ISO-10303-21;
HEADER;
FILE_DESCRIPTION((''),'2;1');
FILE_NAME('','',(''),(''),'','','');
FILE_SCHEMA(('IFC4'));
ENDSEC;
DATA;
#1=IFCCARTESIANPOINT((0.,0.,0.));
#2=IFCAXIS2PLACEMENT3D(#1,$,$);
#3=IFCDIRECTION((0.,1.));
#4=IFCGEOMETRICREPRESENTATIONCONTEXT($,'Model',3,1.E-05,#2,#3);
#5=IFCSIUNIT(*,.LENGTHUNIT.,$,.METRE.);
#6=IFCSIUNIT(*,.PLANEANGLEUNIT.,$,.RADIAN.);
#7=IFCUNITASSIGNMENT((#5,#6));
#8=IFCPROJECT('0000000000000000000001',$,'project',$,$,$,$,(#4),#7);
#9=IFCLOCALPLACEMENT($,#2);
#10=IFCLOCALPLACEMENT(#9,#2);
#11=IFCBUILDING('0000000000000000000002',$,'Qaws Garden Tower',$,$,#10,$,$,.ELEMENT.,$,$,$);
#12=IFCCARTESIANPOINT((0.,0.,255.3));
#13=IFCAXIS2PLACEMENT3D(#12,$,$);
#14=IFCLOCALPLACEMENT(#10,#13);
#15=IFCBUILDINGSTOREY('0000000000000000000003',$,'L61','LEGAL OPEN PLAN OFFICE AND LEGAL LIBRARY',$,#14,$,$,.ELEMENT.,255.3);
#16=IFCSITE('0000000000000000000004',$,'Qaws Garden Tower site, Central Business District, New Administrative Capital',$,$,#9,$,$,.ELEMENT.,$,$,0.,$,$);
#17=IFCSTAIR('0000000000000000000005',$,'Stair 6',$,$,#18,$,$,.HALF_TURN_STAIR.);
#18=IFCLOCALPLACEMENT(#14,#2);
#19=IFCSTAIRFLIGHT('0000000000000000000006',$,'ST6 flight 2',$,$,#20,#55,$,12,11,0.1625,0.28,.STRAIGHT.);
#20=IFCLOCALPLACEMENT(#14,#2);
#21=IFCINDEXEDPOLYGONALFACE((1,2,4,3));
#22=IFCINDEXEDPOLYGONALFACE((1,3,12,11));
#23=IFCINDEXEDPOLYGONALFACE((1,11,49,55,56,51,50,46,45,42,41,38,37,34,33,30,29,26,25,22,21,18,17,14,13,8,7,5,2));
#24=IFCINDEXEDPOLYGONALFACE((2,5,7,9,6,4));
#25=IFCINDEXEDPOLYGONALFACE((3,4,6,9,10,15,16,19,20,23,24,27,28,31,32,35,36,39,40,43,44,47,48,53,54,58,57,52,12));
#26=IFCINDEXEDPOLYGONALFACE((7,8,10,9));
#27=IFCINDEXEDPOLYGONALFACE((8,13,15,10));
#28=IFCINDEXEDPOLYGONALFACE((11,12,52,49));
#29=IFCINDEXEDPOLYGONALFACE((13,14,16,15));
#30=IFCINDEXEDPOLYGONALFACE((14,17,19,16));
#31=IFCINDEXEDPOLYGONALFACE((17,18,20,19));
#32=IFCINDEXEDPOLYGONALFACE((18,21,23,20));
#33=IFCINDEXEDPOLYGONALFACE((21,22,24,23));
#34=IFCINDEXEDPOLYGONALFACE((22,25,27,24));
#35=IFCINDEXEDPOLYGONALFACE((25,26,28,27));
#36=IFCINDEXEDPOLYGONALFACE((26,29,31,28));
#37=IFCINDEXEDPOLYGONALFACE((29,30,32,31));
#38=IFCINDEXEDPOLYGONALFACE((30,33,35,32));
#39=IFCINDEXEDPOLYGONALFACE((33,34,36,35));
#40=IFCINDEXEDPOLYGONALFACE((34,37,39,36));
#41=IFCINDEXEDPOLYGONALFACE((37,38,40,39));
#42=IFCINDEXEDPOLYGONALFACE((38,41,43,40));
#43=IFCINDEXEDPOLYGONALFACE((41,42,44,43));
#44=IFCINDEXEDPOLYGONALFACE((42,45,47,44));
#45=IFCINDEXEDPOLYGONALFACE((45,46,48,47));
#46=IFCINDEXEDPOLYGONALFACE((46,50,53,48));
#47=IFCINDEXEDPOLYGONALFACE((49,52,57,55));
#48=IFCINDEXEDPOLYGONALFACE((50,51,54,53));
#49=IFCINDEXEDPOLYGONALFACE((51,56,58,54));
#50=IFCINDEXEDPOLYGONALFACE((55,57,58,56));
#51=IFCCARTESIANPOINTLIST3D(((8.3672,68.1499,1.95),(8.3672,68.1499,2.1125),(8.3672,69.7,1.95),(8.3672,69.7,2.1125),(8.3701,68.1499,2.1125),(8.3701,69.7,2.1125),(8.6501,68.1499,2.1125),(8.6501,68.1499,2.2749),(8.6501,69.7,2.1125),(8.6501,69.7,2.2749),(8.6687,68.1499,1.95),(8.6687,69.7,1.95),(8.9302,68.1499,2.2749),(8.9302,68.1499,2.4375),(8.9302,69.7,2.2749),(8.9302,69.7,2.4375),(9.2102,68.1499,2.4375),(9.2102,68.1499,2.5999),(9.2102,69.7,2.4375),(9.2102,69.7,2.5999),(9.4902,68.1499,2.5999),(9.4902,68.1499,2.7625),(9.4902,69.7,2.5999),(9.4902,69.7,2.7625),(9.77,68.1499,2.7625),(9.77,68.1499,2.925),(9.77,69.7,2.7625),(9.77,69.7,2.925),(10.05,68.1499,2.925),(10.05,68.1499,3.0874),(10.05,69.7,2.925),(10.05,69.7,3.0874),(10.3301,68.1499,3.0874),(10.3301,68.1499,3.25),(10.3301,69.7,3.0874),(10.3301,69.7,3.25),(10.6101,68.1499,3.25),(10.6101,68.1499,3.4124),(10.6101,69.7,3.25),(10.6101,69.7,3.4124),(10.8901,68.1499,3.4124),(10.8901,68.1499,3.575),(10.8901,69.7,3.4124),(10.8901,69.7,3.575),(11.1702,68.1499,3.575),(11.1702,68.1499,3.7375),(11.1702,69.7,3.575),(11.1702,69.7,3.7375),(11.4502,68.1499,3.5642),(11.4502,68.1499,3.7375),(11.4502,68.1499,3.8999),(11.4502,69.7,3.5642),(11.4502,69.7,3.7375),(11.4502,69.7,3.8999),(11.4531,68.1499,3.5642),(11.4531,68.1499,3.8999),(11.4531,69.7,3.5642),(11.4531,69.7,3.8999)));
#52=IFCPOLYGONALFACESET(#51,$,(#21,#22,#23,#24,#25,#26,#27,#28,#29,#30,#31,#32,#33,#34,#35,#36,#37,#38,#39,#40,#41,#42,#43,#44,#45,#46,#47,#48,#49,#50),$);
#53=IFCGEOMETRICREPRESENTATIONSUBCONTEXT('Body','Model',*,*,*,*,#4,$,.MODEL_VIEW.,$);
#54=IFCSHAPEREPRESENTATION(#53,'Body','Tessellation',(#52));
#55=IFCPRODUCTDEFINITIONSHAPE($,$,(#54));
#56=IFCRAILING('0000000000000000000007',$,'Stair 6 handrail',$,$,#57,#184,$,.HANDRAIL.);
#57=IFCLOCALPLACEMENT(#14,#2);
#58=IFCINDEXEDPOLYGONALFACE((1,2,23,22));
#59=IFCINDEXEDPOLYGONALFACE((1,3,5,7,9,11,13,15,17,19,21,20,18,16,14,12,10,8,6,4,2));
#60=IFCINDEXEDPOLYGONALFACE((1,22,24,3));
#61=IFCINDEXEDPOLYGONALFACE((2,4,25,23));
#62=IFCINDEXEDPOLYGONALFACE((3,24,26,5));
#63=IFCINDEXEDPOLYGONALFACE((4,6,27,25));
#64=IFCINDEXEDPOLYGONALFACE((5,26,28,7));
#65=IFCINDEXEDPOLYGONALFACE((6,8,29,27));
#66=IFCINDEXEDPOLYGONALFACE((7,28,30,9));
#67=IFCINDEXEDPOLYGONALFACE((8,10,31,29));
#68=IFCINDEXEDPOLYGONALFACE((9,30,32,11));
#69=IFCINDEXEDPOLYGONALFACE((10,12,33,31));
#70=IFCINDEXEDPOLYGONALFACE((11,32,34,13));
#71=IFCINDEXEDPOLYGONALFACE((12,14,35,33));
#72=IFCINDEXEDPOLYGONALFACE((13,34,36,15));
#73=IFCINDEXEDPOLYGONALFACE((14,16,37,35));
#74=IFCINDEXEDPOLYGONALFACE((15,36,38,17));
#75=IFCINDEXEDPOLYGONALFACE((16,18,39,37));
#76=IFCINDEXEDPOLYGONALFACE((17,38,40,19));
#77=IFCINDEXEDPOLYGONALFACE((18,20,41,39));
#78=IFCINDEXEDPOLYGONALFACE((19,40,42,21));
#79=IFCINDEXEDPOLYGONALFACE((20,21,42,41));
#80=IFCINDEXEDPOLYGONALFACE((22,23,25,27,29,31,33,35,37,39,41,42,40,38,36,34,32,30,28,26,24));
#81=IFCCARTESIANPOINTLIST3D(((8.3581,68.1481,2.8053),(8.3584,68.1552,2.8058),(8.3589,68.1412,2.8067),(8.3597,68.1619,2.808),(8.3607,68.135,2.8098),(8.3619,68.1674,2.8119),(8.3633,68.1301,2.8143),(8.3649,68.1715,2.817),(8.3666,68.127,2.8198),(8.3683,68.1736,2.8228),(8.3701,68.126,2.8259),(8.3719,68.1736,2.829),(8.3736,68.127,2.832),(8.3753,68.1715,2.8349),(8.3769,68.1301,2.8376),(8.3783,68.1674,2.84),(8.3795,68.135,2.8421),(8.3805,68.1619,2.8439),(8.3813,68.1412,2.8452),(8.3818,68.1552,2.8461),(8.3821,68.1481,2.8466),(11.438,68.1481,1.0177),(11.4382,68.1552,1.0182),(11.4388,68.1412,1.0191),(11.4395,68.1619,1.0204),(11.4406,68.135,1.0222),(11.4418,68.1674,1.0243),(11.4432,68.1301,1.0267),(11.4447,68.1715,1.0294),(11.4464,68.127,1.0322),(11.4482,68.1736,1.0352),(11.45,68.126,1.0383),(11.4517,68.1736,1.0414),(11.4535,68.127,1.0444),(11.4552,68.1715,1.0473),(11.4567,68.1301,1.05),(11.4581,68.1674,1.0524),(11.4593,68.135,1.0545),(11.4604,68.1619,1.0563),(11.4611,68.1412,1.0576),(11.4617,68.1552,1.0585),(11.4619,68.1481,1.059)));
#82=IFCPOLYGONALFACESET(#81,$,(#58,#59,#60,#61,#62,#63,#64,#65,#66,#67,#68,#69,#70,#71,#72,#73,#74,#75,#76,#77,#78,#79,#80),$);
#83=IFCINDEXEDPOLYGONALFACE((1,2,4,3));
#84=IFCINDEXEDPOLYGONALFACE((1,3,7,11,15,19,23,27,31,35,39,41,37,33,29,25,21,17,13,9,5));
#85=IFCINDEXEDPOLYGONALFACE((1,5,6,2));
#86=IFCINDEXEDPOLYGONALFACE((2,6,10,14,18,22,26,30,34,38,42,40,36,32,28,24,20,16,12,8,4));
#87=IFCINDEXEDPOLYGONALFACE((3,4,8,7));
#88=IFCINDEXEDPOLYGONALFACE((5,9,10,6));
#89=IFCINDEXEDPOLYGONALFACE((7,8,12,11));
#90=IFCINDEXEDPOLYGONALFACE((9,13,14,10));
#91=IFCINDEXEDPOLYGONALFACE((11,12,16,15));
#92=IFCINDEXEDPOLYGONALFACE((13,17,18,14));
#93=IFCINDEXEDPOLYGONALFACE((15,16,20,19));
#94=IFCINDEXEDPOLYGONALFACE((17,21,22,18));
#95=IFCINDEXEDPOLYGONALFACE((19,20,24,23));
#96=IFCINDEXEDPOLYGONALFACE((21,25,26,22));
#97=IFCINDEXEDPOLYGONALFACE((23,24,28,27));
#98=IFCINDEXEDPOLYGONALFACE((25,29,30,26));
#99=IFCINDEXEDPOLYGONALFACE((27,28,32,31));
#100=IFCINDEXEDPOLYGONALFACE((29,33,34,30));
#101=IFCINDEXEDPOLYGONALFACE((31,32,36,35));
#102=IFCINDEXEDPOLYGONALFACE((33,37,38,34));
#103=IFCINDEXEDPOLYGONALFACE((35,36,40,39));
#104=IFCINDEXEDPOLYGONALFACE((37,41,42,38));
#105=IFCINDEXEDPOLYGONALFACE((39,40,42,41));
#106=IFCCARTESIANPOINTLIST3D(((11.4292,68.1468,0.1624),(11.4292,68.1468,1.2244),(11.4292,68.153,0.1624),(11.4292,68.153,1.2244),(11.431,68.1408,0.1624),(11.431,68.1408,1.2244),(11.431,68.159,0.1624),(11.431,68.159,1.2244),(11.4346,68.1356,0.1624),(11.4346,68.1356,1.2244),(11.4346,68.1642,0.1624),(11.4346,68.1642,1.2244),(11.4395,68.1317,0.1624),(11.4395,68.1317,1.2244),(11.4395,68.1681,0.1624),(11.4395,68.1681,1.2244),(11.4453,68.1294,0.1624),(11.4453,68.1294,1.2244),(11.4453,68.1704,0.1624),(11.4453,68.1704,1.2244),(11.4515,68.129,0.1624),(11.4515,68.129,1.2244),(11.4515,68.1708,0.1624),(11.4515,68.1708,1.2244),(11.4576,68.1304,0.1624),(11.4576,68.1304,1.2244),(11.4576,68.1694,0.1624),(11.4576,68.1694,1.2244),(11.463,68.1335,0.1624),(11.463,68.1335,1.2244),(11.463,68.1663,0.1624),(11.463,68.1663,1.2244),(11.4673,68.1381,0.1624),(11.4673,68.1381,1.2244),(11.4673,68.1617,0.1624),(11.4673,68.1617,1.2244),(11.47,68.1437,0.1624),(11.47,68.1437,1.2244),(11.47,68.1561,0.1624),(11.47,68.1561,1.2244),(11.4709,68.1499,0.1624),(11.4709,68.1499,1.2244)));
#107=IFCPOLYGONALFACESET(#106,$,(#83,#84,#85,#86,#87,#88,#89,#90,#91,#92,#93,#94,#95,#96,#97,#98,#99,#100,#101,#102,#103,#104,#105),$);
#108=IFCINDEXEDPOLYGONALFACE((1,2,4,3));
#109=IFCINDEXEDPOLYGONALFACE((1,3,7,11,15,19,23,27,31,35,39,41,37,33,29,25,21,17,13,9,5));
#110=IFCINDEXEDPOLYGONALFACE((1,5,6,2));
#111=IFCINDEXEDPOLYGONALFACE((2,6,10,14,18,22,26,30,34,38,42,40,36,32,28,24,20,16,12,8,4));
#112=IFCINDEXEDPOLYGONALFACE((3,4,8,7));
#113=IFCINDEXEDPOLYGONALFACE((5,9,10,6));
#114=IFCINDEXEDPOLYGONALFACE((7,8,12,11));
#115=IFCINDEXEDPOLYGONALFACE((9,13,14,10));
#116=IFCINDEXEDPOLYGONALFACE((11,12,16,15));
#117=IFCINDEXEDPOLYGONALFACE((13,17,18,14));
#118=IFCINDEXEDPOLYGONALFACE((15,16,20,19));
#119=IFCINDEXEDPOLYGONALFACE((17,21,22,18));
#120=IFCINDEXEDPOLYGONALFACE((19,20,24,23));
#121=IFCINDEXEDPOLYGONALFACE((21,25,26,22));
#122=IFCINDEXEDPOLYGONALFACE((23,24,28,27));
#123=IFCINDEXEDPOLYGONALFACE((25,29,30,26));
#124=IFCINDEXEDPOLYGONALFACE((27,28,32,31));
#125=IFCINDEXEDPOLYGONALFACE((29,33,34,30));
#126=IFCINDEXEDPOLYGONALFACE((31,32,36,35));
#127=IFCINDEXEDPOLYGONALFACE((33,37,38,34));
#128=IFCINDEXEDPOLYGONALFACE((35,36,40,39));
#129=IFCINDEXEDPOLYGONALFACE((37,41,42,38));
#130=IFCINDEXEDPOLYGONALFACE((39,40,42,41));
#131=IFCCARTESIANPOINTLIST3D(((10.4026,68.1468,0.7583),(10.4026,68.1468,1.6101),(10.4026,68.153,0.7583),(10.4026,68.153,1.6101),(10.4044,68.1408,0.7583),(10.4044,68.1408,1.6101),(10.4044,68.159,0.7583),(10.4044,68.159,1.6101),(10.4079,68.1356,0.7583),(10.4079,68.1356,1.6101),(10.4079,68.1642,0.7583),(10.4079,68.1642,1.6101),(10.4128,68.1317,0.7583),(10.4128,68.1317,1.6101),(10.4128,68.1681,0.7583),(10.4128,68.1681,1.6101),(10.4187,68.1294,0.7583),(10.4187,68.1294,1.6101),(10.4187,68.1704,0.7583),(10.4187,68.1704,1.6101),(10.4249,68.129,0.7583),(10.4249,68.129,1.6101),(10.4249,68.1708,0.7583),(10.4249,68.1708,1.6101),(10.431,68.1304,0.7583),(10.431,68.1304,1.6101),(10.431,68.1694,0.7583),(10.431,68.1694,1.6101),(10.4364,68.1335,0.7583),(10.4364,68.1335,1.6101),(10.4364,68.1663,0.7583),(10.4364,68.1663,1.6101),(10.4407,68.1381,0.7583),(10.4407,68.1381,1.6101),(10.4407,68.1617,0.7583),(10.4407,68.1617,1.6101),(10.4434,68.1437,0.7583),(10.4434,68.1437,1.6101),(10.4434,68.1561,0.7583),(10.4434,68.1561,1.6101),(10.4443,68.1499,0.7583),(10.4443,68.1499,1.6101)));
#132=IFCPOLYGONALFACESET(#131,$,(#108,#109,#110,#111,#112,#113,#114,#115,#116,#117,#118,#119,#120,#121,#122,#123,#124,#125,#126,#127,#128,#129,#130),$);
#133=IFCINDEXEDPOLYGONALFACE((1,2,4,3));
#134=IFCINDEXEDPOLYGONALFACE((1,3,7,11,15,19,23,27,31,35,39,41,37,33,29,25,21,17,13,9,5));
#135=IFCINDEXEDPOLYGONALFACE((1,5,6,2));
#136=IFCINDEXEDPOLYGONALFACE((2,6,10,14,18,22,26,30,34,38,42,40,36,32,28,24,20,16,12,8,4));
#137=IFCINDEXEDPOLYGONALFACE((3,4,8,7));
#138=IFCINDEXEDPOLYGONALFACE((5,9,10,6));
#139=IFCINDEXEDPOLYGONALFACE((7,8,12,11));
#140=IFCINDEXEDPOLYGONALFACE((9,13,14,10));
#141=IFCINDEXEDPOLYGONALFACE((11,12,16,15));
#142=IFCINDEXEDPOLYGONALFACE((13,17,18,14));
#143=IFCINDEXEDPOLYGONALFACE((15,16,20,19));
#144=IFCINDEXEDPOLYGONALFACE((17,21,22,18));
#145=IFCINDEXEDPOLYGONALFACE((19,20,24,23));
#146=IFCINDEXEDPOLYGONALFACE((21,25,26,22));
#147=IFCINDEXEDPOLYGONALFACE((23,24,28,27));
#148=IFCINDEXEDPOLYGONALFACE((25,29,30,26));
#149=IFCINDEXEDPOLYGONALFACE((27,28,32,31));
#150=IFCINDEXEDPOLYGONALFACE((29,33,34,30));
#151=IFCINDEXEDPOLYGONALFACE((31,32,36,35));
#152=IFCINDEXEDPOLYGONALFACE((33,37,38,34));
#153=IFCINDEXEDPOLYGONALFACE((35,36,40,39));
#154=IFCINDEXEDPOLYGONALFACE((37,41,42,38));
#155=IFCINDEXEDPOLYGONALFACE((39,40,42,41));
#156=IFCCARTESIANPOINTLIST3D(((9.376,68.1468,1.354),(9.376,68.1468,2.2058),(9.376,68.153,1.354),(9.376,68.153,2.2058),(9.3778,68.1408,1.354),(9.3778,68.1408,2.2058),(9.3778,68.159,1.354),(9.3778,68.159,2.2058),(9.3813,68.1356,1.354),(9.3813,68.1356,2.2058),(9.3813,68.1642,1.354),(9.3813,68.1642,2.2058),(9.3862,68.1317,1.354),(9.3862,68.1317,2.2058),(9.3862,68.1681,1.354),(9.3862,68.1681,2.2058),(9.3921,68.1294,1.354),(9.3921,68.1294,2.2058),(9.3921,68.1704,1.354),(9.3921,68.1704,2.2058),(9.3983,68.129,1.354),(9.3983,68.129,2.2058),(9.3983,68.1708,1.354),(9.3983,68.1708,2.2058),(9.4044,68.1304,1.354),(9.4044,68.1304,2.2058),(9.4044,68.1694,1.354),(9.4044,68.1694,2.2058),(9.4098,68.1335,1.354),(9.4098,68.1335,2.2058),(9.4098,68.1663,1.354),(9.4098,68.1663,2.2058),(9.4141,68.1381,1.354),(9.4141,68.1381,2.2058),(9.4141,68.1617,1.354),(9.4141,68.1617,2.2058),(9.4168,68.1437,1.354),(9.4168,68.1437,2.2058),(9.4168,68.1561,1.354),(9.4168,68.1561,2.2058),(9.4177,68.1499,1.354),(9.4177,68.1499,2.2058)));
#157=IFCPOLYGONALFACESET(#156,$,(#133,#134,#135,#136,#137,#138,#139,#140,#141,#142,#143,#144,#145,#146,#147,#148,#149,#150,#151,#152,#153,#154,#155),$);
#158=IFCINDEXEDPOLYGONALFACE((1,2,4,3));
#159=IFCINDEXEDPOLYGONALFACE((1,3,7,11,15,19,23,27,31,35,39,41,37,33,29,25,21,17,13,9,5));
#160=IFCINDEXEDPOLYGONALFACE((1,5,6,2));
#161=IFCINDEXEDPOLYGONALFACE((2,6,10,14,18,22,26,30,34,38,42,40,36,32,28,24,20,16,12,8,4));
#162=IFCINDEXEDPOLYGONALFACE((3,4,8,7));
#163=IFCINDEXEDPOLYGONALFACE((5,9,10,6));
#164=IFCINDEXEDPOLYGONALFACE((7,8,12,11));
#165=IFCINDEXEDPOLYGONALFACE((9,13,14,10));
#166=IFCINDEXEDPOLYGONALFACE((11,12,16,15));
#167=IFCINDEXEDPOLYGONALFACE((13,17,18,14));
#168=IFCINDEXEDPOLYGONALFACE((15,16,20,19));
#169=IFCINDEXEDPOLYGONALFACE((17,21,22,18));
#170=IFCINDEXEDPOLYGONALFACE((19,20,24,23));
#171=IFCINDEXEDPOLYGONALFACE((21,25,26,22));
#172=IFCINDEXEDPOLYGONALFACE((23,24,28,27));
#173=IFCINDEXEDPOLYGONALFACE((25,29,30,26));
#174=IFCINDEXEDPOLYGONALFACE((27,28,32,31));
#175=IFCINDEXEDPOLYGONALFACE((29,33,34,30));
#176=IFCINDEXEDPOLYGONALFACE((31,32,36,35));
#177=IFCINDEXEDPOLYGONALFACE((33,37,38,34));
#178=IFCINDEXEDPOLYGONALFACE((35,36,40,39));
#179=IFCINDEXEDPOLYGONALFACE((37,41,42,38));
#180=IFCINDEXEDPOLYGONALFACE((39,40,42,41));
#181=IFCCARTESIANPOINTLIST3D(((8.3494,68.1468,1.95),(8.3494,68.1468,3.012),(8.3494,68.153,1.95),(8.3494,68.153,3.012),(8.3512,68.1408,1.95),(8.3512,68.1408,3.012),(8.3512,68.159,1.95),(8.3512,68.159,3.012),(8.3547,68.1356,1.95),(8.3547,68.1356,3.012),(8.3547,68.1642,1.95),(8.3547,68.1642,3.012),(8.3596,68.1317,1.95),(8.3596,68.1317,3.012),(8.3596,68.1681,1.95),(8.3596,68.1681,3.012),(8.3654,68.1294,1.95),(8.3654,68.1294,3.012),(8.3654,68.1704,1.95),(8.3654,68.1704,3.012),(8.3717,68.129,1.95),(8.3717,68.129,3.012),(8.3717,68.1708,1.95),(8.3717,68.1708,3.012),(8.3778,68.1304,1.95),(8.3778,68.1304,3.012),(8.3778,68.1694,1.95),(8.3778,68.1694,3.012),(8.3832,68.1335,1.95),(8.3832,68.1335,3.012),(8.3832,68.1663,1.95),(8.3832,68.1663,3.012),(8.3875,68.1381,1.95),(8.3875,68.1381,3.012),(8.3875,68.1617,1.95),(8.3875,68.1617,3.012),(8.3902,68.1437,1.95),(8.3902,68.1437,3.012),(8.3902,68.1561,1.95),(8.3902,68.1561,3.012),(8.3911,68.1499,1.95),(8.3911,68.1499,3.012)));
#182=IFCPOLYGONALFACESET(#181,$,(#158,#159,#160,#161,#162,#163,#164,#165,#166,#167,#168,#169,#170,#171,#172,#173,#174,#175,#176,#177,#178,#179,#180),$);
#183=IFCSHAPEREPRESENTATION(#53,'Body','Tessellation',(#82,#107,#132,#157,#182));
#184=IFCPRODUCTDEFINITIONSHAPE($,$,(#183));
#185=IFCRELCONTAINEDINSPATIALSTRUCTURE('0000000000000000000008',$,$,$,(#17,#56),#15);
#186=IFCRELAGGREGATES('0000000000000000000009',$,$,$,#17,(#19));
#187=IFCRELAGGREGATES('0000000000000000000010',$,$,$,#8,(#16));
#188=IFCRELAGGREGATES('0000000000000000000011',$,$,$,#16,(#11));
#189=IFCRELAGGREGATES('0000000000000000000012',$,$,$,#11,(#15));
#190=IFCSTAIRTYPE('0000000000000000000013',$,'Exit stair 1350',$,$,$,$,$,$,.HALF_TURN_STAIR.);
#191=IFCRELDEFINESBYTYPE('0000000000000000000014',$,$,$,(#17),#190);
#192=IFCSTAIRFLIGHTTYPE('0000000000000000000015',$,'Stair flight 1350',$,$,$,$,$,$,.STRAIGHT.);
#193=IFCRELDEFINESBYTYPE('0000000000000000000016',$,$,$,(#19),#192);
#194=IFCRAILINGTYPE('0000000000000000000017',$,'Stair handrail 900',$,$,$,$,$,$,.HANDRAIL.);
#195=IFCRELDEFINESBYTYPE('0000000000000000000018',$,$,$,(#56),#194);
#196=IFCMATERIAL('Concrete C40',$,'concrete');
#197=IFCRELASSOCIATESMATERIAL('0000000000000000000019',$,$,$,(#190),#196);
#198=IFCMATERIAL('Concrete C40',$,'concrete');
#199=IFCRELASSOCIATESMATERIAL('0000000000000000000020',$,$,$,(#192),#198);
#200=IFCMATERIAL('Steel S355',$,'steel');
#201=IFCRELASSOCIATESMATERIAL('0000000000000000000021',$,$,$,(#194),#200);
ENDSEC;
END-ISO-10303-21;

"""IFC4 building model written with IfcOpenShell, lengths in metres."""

from ifc_helpers import new_model, si_unit, direction, frame, origin, origin_2d, place, context, subcontext, project, spatial, polyline, circle, outline, extrude, material, type_object, element, aggregate, save


model = new_model("IFC4")

# Units and contexts
model_context = context("Model", 3, precision=1e-05, world=origin(), true_north=direction((0.0, 1.0)))
body_context = subcontext(model_context, "Body", "Model", "MODEL_VIEW")
ifc_project = project(units=[si_unit("LENGTHUNIT", "METRE"), si_unit("PLANEANGLEUNIT", "RADIAN")], contexts=[model_context])

# Site, building, storey
site_placement = place(None, origin())
site = spatial("IfcSite", under=ifc_project, at=site_placement, Name="Qaws Garden Tower site, Central Business District, New Administrative Capital", CompositionType="ELEMENT", RefElevation=0.0)
building_placement = place(site_placement, origin())
building = spatial("IfcBuilding", under=site, at=building_placement, Name="Qaws Garden Tower", CompositionType="ELEMENT")
storey_placement = place(building_placement, frame((0.0, 0.0, 255.3)))
storey = spatial("IfcBuildingStorey", under=building, at=storey_placement, Name="L61", Description="LEGAL OPEN PLAN OFFICE AND LEGAL LIBRARY", CompositionType="ELEMENT", Elevation=255.3)

# Stair, stair flight
ifc_material_1 = material(Name="Concrete C40", Category="concrete")
stair_type = type_object("IfcStairType", Name="Exit stair 1350", PredefinedType="HALF_TURN_STAIR", material=ifc_material_1)
stair_placement = place(storey_placement, origin())
stair = element("IfcStair", 1, at=stair_placement, inside=storey, type_object=stair_type, Name="Stair 6", PredefinedType="HALF_TURN_STAIR")
ifc_material_2 = material(Name="Concrete C40", Category="concrete")
stair_flight_type = type_object("IfcStairFlightType", Name="Stair flight 1350", PredefinedType="STRAIGHT", material=ifc_material_2)
stair_flight_1_placement = place(storey_placement, frame((8.3701, 68.925, 1.95), z_axis=(0.0, 0.0, 1.0), x_axis=(1.0, 0.0, 0.0)))
stair_flight_1 = element("IfcStairFlight", 2, at=stair_flight_1_placement, type_object=stair_flight_type, Name="ST6 flight 2", NumberOfRisers=12, NumberOfTreads=11, PredefinedType="STRAIGHT", RiserHeight=0.1625, TreadLength=0.28, context=body_context, shape_type="SweptSolid", body=[
    extrude(outline(polyline([(-0.0029, 0.0), (-0.0029, 0.1626), (0.0, 0.1626), (0.28, 0.1626), (0.28, 0.325), (0.5601, 0.325), (0.5601, 0.4875), (0.8401, 0.4875), (0.8401, 0.6499), (1.1201, 0.6499), (1.1201, 0.8125), (1.3999, 0.8125), (1.3999, 0.9751), (1.6799, 0.9751), (1.6799, 1.1375), (1.96, 1.1375), (1.96, 1.3), (2.24, 1.3), (2.24, 1.4624), (2.52, 1.4624), (2.52, 1.625), (2.8, 1.625), (2.8, 1.7876), (3.0801, 1.7876), (3.0801, 1.95), (3.083, 1.95), (3.083, 1.6143), (3.0801, 1.6143), (0.2986, 0.0), (-0.0029, 0.0)])), frame((0.0, 0.7749, 0.0), z_axis=(0.0, -1.0, 0.0), x_axis=(1.0, 0.0, 0.0)), (0.0, 0.0, 1.0), 1.55),
])
aggregate(stair, [stair_flight_1])

# Railing
ifc_material_3 = material(Name="Steel S355", Category="steel")
railing_type = type_object("IfcRailingType", Name="Stair handrail 900", PredefinedType="HANDRAIL", material=ifc_material_3)
railing_1_placement = place(storey_placement, frame((11.45, 68.1499, 0.1624)))
element("IfcRailing", 3, at=railing_1_placement, inside=storey, type_object=railing_type, Name="Stair 6 handrail", PredefinedType="HANDRAIL", context=body_context, shape_type="SweptSolid", body=[
    extrude(circle(Radius=0.0239, at=origin_2d()), frame((0.0, 0.0, 0.876), z_axis=(-0.864873, 0.0, 0.50199), x_axis=(0.0, -1.0, 0.0)), (0.0, 0.0, 1.0), 3.561),
    extrude(circle(Radius=0.021, at=origin_2d()), origin(), (0.0, 0.0, 1.0), 1.062),
    extrude(circle(Radius=0.021, at=origin_2d()), frame((-1.0266, 0.0, 0.5959)), (0.0, 0.0, 1.0), 0.8518),
    extrude(circle(Radius=0.021, at=origin_2d()), frame((-2.0532, 0.0, 1.1917)), (0.0, 0.0, 1.0), 0.8518),
    extrude(circle(Radius=0.021, at=origin_2d()), frame((-3.0798, 0.0, 1.7876)), (0.0, 0.0, 1.0), 1.062),
])

save(model, "model.ifc")
